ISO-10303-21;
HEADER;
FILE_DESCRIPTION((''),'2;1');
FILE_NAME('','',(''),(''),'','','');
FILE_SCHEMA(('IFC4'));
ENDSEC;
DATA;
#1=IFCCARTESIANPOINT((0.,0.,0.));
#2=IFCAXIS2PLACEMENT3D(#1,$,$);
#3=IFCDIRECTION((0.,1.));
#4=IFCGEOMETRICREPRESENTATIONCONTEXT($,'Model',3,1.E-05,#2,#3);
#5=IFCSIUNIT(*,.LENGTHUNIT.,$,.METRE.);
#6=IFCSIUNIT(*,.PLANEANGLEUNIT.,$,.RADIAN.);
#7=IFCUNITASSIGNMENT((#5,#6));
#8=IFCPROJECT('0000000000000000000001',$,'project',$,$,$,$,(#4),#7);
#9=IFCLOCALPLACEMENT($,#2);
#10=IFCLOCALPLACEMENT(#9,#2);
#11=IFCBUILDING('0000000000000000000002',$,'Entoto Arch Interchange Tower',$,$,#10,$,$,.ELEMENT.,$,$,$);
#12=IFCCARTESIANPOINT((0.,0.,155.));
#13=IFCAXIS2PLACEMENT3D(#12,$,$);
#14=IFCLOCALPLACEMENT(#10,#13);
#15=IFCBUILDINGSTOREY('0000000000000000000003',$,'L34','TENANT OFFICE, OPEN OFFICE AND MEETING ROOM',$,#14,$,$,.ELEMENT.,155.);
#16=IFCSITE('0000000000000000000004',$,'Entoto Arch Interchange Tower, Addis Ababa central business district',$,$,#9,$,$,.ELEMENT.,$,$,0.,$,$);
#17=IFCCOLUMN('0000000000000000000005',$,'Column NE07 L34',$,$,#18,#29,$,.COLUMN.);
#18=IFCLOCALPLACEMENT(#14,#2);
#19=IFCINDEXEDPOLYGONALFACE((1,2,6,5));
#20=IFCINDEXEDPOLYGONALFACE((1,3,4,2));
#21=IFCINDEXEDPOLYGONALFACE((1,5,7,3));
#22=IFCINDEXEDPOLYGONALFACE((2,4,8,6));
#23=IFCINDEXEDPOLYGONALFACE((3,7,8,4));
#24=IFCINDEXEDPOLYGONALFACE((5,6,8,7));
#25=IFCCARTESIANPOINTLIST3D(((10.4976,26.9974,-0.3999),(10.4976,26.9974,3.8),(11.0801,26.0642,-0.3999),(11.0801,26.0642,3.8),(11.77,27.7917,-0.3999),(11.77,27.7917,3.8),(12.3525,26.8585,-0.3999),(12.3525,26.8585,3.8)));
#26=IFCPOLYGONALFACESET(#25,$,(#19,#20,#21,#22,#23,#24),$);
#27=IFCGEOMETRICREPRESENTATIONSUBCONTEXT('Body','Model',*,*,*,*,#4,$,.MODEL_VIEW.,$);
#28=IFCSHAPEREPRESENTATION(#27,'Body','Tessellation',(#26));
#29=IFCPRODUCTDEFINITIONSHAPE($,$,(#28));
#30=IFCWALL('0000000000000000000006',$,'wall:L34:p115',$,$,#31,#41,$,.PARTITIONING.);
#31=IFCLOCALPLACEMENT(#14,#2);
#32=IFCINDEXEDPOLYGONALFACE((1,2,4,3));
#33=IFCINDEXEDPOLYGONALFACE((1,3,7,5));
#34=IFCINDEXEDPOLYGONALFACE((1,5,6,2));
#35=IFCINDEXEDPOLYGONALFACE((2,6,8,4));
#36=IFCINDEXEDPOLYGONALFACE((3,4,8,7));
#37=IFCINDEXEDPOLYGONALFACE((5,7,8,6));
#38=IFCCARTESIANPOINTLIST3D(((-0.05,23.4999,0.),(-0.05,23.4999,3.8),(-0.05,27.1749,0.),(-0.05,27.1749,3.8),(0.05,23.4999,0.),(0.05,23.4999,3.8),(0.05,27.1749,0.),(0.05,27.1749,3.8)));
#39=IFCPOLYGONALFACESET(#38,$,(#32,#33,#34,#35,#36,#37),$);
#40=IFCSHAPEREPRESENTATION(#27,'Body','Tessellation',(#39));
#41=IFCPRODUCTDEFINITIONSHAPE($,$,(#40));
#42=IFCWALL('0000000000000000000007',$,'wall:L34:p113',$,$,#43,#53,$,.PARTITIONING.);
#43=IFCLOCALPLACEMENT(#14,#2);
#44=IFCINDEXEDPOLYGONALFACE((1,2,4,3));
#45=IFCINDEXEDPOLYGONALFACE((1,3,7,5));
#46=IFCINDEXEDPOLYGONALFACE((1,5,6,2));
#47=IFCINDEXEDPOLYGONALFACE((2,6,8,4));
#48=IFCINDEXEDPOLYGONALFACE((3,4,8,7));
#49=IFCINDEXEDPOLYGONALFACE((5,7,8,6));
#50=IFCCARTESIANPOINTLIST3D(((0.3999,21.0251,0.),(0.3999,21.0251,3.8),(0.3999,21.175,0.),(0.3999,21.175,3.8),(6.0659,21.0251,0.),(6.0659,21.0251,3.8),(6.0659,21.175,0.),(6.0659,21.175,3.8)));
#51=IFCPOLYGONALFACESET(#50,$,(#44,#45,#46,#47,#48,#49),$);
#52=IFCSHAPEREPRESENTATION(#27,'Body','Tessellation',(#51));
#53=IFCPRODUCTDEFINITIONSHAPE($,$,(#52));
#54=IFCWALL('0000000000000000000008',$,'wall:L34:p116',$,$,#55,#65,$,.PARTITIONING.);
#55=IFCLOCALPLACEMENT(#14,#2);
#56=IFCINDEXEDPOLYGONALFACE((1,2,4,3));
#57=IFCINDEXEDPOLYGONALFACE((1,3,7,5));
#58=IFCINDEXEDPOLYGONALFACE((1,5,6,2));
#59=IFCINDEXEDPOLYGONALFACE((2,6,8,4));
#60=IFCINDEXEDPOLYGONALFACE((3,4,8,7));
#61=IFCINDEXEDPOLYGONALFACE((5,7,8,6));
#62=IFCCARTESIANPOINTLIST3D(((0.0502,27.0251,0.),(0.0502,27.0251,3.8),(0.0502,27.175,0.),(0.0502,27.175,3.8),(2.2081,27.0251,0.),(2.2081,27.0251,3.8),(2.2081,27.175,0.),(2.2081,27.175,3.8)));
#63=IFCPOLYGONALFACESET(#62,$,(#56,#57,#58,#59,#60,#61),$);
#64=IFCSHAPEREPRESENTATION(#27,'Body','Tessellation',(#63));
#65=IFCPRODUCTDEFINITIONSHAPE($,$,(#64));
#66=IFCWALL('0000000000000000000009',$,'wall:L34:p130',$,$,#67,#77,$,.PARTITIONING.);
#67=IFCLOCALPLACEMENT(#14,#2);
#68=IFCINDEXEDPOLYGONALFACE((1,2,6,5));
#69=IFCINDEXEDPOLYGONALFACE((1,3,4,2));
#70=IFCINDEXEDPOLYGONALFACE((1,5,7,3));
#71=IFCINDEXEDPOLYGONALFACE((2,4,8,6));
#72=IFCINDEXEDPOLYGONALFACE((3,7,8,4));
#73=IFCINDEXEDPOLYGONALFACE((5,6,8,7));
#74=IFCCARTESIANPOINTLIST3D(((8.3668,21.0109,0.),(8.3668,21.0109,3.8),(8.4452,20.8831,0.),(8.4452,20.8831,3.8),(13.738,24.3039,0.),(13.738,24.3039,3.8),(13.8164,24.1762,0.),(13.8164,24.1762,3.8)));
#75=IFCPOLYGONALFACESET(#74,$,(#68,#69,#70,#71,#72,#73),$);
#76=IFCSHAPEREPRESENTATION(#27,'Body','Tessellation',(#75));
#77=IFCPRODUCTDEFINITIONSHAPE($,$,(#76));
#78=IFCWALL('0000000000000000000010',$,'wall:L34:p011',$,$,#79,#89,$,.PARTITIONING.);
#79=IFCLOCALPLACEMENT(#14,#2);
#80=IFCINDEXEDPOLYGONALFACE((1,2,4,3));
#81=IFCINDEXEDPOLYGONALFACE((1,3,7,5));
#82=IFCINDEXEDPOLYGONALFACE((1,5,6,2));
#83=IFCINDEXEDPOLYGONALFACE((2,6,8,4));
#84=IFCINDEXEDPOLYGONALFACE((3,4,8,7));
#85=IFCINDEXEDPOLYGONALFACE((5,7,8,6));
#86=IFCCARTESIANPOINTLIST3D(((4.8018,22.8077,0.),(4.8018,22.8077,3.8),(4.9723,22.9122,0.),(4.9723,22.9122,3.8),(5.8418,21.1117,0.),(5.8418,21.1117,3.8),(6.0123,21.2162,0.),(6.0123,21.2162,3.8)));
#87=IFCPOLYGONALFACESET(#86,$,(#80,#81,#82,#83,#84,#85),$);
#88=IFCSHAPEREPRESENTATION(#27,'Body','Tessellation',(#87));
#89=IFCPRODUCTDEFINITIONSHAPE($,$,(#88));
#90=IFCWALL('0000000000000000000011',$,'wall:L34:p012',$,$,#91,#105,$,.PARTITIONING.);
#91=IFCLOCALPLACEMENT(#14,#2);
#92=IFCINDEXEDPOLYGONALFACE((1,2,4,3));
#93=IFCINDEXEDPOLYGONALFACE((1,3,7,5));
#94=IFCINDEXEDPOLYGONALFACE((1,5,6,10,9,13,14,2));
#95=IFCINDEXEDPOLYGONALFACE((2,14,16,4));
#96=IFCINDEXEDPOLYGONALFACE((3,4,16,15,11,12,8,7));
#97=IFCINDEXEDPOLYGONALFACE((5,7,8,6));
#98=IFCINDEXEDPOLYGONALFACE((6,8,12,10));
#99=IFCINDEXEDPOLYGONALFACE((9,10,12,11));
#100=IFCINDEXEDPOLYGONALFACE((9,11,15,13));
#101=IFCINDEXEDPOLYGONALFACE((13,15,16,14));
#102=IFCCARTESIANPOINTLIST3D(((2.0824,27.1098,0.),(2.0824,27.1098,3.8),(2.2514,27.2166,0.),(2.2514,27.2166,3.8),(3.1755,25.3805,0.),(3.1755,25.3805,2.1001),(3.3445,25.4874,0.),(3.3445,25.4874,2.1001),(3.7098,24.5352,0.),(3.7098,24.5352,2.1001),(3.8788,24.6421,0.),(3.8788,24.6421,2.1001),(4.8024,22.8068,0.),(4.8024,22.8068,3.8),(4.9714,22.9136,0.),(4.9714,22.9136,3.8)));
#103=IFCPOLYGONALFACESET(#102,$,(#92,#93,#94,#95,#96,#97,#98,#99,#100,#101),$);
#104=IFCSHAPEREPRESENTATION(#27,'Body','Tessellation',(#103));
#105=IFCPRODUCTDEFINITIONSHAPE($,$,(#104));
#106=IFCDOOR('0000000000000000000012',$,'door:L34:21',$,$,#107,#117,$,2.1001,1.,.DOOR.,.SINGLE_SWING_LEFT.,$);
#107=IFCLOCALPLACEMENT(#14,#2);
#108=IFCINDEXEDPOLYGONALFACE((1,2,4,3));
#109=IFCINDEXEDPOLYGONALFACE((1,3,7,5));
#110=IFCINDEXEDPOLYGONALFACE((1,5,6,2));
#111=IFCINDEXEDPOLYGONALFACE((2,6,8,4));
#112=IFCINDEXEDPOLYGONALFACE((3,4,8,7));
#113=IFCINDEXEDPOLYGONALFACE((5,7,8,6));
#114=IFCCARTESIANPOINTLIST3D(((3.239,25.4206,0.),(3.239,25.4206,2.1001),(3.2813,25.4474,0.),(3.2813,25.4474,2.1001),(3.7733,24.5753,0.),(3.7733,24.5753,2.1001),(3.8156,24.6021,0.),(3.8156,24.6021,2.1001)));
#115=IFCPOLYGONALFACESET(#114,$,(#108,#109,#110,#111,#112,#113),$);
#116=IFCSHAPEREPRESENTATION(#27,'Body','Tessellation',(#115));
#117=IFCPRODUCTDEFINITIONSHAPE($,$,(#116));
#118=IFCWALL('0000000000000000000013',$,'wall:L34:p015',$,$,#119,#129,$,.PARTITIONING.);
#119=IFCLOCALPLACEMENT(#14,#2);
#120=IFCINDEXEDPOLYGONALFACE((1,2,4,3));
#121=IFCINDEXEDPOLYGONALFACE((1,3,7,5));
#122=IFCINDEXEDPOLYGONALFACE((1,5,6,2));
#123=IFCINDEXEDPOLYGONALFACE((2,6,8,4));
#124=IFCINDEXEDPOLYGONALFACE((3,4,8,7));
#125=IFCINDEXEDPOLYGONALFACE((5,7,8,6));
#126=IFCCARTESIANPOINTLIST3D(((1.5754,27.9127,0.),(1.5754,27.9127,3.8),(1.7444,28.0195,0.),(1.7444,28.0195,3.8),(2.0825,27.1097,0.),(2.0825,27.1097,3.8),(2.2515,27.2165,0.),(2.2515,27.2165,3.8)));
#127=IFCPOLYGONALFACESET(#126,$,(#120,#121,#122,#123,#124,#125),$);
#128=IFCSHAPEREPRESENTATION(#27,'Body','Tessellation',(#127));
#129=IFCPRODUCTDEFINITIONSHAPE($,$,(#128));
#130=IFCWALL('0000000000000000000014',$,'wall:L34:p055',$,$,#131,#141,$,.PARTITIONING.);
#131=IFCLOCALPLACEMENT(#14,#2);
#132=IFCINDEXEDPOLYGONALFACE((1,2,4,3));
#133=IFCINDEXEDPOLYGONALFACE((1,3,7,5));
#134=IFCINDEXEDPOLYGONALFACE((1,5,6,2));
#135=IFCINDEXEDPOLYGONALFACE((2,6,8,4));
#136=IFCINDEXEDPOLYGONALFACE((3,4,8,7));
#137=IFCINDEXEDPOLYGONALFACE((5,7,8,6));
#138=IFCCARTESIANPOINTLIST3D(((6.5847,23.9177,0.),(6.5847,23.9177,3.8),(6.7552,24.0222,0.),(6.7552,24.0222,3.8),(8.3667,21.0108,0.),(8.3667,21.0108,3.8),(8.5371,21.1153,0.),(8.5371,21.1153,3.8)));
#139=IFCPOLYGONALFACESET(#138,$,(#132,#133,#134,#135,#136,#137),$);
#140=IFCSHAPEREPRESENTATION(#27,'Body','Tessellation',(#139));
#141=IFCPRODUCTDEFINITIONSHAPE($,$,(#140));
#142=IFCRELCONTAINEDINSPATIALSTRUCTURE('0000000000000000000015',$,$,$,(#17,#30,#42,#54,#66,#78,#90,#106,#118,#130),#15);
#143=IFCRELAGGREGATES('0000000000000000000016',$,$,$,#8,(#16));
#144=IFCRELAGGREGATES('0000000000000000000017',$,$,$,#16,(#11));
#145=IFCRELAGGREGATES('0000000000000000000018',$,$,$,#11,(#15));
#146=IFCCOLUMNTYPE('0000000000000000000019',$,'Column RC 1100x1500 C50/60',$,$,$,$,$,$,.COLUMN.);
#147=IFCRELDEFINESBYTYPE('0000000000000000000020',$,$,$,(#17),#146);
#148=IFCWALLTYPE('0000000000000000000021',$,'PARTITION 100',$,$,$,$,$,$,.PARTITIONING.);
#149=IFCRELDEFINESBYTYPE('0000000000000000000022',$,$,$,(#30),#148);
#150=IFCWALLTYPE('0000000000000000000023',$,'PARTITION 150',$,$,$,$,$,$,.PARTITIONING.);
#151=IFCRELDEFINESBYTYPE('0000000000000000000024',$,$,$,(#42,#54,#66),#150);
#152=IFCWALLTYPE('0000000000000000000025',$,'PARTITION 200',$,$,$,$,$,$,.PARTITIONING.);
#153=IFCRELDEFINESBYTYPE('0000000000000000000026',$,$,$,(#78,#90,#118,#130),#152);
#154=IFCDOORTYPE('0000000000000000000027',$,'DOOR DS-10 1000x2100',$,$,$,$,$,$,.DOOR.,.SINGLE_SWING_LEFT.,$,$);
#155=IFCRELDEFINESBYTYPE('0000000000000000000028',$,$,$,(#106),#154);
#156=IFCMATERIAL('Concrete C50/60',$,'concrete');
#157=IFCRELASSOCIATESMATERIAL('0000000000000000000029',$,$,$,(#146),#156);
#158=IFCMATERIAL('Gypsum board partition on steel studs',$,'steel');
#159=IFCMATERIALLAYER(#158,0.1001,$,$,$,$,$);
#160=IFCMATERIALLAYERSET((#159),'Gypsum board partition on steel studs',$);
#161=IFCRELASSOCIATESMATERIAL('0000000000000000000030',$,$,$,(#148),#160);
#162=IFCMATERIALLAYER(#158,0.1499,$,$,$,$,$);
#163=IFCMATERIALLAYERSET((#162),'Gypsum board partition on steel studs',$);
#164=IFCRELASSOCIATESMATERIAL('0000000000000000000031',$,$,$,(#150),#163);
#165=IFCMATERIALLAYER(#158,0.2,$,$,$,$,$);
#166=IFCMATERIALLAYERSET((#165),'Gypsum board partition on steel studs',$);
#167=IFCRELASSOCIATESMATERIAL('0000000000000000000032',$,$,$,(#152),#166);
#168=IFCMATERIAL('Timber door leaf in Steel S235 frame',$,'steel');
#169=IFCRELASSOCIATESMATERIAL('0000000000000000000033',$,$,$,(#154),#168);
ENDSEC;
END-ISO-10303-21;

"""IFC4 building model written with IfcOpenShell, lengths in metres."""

from ifc_helpers import new_model, si_unit, direction, frame, frame_2d, origin, origin_2d, place, context, subcontext, project, spatial, rectangle, extrude, material, layer, layer_set, material_profile, profile_set, type_object, element, fill, save


model = new_model("IFC4")

# Units and contexts
model_context = context("Model", 3, precision=1e-05, world=origin(), true_north=direction((0.0, 1.0)))
body_context = subcontext(model_context, "Body", "Model", "MODEL_VIEW")
ifc_project = project(units=[si_unit("LENGTHUNIT", "METRE"), si_unit("PLANEANGLEUNIT", "RADIAN")], contexts=[model_context])

# Site, building, storey
site_placement = place(None, origin())
site = spatial("IfcSite", under=ifc_project, at=site_placement, Name="Entoto Arch Interchange Tower, Addis Ababa central business district", CompositionType="ELEMENT", RefElevation=0.0)
building_placement = place(site_placement, origin())
building = spatial("IfcBuilding", under=site, at=building_placement, Name="Entoto Arch Interchange Tower", CompositionType="ELEMENT")
storey_placement = place(building_placement, frame((0.0, 0.0, 155.0)))
storey = spatial("IfcBuildingStorey", under=building, at=storey_placement, Name="L34", Description="TENANT OFFICE, OPEN OFFICE AND MEETING ROOM", CompositionType="ELEMENT", Elevation=155.0)

# Column
ifc_material_1 = material(Name="Concrete C50/60", Category="concrete")
ifc_material_profile = material_profile(ifc_material_1, rectangle(XDim=1.1001, YDim=1.5, at=origin_2d()))
ifc_profile_set = profile_set([ifc_material_profile], Name="Concrete C50/60")
column_type = type_object("IfcColumnType", Name="Column RC 1100x1500 C50/60", PredefinedType="COLUMN", material=ifc_profile_set)
column_placement = place(storey_placement, frame((11.425, 26.928, -0.3999), z_axis=(0.0, 0.0, 1.0), x_axis=(-0.529549, 0.848279, 0.0)))
element("IfcColumn", 1, at=column_placement, inside=storey, type_object=column_type, Name="Column NE07 L34", PredefinedType="COLUMN", context=body_context, shape_type="SweptSolid", body=[
    extrude(rectangle(XDim=1.1001, YDim=1.5, at=origin_2d()), origin(), (0.0, 0.0, 1.0), 4.2),
])

# Walls
ifc_material_2 = material(Name="Gypsum board partition on steel studs", Category="steel")
ifc_layer_1 = layer(ifc_material_2, 0.1001)
ifc_layer_set_1 = layer_set([ifc_layer_1], Name="Gypsum board partition on steel studs")
wall_type_1 = type_object("IfcWallType", Name="PARTITION 100", PredefinedType="PARTITIONING", material=ifc_layer_set_1)
wall_1_placement = place(storey_placement, frame((0.0, 23.5, 0.0), z_axis=(0.0, 0.0, 1.0), x_axis=(0.0, 1.0, 0.0)))
element("IfcWall", 2, at=wall_1_placement, inside=storey, type_object=wall_type_1, Name="wall:L34:p115", PredefinedType="PARTITIONING", context=body_context, shape_type="SweptSolid", body=[
    extrude(rectangle(XDim=3.675, YDim=0.1001, at=frame_2d((1.8374, 0.0))), origin(), (0.0, 0.0, 1.0), 3.8),
])
ifc_layer_2 = layer(ifc_material_2, 0.1499)
ifc_layer_set_2 = layer_set([ifc_layer_2], Name="Gypsum board partition on steel studs")
wall_type_2 = type_object("IfcWallType", Name="PARTITION 150", PredefinedType="PARTITIONING", material=ifc_layer_set_2)
wall_2_placement = place(storey_placement, frame((0.3999, 21.1001, 0.0), z_axis=(0.0, 0.0, 1.0), x_axis=(1.0, 0.0, 0.0)))
element("IfcWall", 3, at=wall_2_placement, inside=storey, type_object=wall_type_2, Name="wall:L34:p113", PredefinedType="PARTITIONING", context=body_context, shape_type="SweptSolid", body=[
    extrude(rectangle(XDim=5.666, YDim=0.1499, at=frame_2d((2.833, 0.0))), origin(), (0.0, 0.0, 1.0), 3.8),
])
wall_3_placement = place(storey_placement, frame((0.05, 27.1001, 0.0), z_axis=(0.0, 0.0, 1.0), x_axis=(1.0, 0.0, 0.0)))
element("IfcWall", 4, at=wall_3_placement, inside=storey, type_object=wall_type_2, Name="wall:L34:p116", PredefinedType="PARTITIONING", context=body_context, shape_type="SweptSolid", body=[
    extrude(rectangle(XDim=2.158, YDim=0.1499, at=frame_2d((1.0791, 0.0))), origin(), (0.0, 0.0, 1.0), 3.8),
])
wall_4_placement = place(storey_placement, frame((8.406, 20.947, 0.0), z_axis=(0.0, 0.0, 1.0), x_axis=(0.85253, 0.522678, 0.0)))
element("IfcWall", 5, at=wall_4_placement, inside=storey, type_object=wall_type_2, Name="wall:L34:p130", PredefinedType="PARTITIONING", context=body_context, shape_type="SweptSolid", body=[
    extrude(rectangle(XDim=6.3003, YDim=0.1499, at=frame_2d((3.1501, 0.0))), origin(), (0.0, 0.0, 1.0), 3.8),
])
ifc_layer_3 = layer(ifc_material_2, 0.2)
ifc_layer_set_3 = layer_set([ifc_layer_3], Name="Gypsum board partition on steel studs")
wall_type_3 = type_object("IfcWallType", Name="PARTITION 200", PredefinedType="PARTITIONING", material=ifc_layer_set_3)
wall_5_placement = place(storey_placement, frame((5.927, 21.1641, 0.0), z_axis=(0.0, 0.0, 1.0), x_axis=(-0.522755, 0.852483, 0.0)))
element("IfcWall", 6, at=wall_5_placement, inside=storey, type_object=wall_type_3, Name="wall:L34:p011", PredefinedType="PARTITIONING", context=body_context, shape_type="SweptSolid", body=[
    extrude(rectangle(XDim=1.9895, YDim=0.2, at=frame_2d((0.9946, 0.0))), origin(), (0.0, 0.0, 1.0), 3.8),
])

# Wall, opening, door
wall_6_placement = place(storey_placement, frame((4.887, 22.8601, 0.0), z_axis=(0.0, 0.0, 1.0), x_axis=(-0.534316, 0.845285, 0.0)))
wall_6 = element("IfcWall", 7, at=wall_6_placement, inside=storey, type_object=wall_type_3, Name="wall:L34:p012", PredefinedType="PARTITIONING", context=body_context, shape_type="SweptSolid", body=[
    extrude(rectangle(XDim=5.0906, YDim=0.2, at=frame_2d((2.5454, 0.0))), origin(), (0.0, 0.0, 1.0), 3.8),
])
opening_1_placement = place(wall_6_placement, frame((2.0449, 0.0, 0.0)))
opening_1 = element("IfcOpeningElement", 8, at=opening_1_placement, cuts=wall_6, PredefinedType="OPENING", context=body_context, shape_type="SweptSolid", body=[
    extrude(rectangle(XDim=1.0, YDim=2.1001, at=frame_2d((0.5, 1.05))), frame((0.0, 0.1099, 0.0), z_axis=(0.0, -1.0, 0.0), x_axis=(1.0, 0.0, 0.0)), (0.0, 0.0, 1.0), 0.22),
])
ifc_material_3 = material(Name="Timber door leaf in Steel S235 frame", Category="steel")
door_type = type_object("IfcDoorType", Name="DOOR DS-10 1000x2100", OperationType="SINGLE_SWING_LEFT", PredefinedType="DOOR", material=ifc_material_3)
door_placement = place(opening_1_placement, origin())
door = element("IfcDoor", 9, at=door_placement, inside=storey, type_object=door_type, Name="door:L34:21", OperationType="SINGLE_SWING_LEFT", OverallHeight=2.1001, OverallWidth=1.0, PredefinedType="DOOR", context=body_context, shape_type="SweptSolid", body=[
    extrude(rectangle(XDim=1.0, YDim=2.1001, at=frame_2d((0.5, 1.05))), frame((0.0, 0.0249, 0.0), z_axis=(0.0, -1.0, 0.0), x_axis=(1.0, 0.0, 0.0)), (0.0, 0.0, 1.0), 0.05),
])
fill(opening_1, door)

# Walls
wall_7_placement = place(storey_placement, frame((2.167, 27.1631, 0.0), z_axis=(0.0, 0.0, 1.0), x_axis=(-0.533945, 0.845519, 0.0)))
element("IfcWall", 10, at=wall_7_placement, inside=storey, type_object=wall_type_3, Name="wall:L34:p015", PredefinedType="PARTITIONING", context=body_context, shape_type="SweptSolid", body=[
    extrude(rectangle(XDim=0.9497, YDim=0.2, at=frame_2d((0.4749, 0.0))), origin(), (0.0, 0.0, 1.0), 3.8),
])
wall_8_placement = place(storey_placement, frame((6.6699, 23.97, 0.0), z_axis=(0.0, 0.0, 1.0), x_axis=(0.522623, -0.852564, 0.0)))
element("IfcWall", 11, at=wall_8_placement, inside=storey, type_object=wall_type_3, Name="wall:L34:p055", PredefinedType="PARTITIONING", context=body_context, shape_type="SweptSolid", body=[
    extrude(rectangle(XDim=3.4097, YDim=0.2, at=frame_2d((1.7048, 0.0))), origin(), (0.0, 0.0, 1.0), 3.8),
])

save(model, "model.ifc")
